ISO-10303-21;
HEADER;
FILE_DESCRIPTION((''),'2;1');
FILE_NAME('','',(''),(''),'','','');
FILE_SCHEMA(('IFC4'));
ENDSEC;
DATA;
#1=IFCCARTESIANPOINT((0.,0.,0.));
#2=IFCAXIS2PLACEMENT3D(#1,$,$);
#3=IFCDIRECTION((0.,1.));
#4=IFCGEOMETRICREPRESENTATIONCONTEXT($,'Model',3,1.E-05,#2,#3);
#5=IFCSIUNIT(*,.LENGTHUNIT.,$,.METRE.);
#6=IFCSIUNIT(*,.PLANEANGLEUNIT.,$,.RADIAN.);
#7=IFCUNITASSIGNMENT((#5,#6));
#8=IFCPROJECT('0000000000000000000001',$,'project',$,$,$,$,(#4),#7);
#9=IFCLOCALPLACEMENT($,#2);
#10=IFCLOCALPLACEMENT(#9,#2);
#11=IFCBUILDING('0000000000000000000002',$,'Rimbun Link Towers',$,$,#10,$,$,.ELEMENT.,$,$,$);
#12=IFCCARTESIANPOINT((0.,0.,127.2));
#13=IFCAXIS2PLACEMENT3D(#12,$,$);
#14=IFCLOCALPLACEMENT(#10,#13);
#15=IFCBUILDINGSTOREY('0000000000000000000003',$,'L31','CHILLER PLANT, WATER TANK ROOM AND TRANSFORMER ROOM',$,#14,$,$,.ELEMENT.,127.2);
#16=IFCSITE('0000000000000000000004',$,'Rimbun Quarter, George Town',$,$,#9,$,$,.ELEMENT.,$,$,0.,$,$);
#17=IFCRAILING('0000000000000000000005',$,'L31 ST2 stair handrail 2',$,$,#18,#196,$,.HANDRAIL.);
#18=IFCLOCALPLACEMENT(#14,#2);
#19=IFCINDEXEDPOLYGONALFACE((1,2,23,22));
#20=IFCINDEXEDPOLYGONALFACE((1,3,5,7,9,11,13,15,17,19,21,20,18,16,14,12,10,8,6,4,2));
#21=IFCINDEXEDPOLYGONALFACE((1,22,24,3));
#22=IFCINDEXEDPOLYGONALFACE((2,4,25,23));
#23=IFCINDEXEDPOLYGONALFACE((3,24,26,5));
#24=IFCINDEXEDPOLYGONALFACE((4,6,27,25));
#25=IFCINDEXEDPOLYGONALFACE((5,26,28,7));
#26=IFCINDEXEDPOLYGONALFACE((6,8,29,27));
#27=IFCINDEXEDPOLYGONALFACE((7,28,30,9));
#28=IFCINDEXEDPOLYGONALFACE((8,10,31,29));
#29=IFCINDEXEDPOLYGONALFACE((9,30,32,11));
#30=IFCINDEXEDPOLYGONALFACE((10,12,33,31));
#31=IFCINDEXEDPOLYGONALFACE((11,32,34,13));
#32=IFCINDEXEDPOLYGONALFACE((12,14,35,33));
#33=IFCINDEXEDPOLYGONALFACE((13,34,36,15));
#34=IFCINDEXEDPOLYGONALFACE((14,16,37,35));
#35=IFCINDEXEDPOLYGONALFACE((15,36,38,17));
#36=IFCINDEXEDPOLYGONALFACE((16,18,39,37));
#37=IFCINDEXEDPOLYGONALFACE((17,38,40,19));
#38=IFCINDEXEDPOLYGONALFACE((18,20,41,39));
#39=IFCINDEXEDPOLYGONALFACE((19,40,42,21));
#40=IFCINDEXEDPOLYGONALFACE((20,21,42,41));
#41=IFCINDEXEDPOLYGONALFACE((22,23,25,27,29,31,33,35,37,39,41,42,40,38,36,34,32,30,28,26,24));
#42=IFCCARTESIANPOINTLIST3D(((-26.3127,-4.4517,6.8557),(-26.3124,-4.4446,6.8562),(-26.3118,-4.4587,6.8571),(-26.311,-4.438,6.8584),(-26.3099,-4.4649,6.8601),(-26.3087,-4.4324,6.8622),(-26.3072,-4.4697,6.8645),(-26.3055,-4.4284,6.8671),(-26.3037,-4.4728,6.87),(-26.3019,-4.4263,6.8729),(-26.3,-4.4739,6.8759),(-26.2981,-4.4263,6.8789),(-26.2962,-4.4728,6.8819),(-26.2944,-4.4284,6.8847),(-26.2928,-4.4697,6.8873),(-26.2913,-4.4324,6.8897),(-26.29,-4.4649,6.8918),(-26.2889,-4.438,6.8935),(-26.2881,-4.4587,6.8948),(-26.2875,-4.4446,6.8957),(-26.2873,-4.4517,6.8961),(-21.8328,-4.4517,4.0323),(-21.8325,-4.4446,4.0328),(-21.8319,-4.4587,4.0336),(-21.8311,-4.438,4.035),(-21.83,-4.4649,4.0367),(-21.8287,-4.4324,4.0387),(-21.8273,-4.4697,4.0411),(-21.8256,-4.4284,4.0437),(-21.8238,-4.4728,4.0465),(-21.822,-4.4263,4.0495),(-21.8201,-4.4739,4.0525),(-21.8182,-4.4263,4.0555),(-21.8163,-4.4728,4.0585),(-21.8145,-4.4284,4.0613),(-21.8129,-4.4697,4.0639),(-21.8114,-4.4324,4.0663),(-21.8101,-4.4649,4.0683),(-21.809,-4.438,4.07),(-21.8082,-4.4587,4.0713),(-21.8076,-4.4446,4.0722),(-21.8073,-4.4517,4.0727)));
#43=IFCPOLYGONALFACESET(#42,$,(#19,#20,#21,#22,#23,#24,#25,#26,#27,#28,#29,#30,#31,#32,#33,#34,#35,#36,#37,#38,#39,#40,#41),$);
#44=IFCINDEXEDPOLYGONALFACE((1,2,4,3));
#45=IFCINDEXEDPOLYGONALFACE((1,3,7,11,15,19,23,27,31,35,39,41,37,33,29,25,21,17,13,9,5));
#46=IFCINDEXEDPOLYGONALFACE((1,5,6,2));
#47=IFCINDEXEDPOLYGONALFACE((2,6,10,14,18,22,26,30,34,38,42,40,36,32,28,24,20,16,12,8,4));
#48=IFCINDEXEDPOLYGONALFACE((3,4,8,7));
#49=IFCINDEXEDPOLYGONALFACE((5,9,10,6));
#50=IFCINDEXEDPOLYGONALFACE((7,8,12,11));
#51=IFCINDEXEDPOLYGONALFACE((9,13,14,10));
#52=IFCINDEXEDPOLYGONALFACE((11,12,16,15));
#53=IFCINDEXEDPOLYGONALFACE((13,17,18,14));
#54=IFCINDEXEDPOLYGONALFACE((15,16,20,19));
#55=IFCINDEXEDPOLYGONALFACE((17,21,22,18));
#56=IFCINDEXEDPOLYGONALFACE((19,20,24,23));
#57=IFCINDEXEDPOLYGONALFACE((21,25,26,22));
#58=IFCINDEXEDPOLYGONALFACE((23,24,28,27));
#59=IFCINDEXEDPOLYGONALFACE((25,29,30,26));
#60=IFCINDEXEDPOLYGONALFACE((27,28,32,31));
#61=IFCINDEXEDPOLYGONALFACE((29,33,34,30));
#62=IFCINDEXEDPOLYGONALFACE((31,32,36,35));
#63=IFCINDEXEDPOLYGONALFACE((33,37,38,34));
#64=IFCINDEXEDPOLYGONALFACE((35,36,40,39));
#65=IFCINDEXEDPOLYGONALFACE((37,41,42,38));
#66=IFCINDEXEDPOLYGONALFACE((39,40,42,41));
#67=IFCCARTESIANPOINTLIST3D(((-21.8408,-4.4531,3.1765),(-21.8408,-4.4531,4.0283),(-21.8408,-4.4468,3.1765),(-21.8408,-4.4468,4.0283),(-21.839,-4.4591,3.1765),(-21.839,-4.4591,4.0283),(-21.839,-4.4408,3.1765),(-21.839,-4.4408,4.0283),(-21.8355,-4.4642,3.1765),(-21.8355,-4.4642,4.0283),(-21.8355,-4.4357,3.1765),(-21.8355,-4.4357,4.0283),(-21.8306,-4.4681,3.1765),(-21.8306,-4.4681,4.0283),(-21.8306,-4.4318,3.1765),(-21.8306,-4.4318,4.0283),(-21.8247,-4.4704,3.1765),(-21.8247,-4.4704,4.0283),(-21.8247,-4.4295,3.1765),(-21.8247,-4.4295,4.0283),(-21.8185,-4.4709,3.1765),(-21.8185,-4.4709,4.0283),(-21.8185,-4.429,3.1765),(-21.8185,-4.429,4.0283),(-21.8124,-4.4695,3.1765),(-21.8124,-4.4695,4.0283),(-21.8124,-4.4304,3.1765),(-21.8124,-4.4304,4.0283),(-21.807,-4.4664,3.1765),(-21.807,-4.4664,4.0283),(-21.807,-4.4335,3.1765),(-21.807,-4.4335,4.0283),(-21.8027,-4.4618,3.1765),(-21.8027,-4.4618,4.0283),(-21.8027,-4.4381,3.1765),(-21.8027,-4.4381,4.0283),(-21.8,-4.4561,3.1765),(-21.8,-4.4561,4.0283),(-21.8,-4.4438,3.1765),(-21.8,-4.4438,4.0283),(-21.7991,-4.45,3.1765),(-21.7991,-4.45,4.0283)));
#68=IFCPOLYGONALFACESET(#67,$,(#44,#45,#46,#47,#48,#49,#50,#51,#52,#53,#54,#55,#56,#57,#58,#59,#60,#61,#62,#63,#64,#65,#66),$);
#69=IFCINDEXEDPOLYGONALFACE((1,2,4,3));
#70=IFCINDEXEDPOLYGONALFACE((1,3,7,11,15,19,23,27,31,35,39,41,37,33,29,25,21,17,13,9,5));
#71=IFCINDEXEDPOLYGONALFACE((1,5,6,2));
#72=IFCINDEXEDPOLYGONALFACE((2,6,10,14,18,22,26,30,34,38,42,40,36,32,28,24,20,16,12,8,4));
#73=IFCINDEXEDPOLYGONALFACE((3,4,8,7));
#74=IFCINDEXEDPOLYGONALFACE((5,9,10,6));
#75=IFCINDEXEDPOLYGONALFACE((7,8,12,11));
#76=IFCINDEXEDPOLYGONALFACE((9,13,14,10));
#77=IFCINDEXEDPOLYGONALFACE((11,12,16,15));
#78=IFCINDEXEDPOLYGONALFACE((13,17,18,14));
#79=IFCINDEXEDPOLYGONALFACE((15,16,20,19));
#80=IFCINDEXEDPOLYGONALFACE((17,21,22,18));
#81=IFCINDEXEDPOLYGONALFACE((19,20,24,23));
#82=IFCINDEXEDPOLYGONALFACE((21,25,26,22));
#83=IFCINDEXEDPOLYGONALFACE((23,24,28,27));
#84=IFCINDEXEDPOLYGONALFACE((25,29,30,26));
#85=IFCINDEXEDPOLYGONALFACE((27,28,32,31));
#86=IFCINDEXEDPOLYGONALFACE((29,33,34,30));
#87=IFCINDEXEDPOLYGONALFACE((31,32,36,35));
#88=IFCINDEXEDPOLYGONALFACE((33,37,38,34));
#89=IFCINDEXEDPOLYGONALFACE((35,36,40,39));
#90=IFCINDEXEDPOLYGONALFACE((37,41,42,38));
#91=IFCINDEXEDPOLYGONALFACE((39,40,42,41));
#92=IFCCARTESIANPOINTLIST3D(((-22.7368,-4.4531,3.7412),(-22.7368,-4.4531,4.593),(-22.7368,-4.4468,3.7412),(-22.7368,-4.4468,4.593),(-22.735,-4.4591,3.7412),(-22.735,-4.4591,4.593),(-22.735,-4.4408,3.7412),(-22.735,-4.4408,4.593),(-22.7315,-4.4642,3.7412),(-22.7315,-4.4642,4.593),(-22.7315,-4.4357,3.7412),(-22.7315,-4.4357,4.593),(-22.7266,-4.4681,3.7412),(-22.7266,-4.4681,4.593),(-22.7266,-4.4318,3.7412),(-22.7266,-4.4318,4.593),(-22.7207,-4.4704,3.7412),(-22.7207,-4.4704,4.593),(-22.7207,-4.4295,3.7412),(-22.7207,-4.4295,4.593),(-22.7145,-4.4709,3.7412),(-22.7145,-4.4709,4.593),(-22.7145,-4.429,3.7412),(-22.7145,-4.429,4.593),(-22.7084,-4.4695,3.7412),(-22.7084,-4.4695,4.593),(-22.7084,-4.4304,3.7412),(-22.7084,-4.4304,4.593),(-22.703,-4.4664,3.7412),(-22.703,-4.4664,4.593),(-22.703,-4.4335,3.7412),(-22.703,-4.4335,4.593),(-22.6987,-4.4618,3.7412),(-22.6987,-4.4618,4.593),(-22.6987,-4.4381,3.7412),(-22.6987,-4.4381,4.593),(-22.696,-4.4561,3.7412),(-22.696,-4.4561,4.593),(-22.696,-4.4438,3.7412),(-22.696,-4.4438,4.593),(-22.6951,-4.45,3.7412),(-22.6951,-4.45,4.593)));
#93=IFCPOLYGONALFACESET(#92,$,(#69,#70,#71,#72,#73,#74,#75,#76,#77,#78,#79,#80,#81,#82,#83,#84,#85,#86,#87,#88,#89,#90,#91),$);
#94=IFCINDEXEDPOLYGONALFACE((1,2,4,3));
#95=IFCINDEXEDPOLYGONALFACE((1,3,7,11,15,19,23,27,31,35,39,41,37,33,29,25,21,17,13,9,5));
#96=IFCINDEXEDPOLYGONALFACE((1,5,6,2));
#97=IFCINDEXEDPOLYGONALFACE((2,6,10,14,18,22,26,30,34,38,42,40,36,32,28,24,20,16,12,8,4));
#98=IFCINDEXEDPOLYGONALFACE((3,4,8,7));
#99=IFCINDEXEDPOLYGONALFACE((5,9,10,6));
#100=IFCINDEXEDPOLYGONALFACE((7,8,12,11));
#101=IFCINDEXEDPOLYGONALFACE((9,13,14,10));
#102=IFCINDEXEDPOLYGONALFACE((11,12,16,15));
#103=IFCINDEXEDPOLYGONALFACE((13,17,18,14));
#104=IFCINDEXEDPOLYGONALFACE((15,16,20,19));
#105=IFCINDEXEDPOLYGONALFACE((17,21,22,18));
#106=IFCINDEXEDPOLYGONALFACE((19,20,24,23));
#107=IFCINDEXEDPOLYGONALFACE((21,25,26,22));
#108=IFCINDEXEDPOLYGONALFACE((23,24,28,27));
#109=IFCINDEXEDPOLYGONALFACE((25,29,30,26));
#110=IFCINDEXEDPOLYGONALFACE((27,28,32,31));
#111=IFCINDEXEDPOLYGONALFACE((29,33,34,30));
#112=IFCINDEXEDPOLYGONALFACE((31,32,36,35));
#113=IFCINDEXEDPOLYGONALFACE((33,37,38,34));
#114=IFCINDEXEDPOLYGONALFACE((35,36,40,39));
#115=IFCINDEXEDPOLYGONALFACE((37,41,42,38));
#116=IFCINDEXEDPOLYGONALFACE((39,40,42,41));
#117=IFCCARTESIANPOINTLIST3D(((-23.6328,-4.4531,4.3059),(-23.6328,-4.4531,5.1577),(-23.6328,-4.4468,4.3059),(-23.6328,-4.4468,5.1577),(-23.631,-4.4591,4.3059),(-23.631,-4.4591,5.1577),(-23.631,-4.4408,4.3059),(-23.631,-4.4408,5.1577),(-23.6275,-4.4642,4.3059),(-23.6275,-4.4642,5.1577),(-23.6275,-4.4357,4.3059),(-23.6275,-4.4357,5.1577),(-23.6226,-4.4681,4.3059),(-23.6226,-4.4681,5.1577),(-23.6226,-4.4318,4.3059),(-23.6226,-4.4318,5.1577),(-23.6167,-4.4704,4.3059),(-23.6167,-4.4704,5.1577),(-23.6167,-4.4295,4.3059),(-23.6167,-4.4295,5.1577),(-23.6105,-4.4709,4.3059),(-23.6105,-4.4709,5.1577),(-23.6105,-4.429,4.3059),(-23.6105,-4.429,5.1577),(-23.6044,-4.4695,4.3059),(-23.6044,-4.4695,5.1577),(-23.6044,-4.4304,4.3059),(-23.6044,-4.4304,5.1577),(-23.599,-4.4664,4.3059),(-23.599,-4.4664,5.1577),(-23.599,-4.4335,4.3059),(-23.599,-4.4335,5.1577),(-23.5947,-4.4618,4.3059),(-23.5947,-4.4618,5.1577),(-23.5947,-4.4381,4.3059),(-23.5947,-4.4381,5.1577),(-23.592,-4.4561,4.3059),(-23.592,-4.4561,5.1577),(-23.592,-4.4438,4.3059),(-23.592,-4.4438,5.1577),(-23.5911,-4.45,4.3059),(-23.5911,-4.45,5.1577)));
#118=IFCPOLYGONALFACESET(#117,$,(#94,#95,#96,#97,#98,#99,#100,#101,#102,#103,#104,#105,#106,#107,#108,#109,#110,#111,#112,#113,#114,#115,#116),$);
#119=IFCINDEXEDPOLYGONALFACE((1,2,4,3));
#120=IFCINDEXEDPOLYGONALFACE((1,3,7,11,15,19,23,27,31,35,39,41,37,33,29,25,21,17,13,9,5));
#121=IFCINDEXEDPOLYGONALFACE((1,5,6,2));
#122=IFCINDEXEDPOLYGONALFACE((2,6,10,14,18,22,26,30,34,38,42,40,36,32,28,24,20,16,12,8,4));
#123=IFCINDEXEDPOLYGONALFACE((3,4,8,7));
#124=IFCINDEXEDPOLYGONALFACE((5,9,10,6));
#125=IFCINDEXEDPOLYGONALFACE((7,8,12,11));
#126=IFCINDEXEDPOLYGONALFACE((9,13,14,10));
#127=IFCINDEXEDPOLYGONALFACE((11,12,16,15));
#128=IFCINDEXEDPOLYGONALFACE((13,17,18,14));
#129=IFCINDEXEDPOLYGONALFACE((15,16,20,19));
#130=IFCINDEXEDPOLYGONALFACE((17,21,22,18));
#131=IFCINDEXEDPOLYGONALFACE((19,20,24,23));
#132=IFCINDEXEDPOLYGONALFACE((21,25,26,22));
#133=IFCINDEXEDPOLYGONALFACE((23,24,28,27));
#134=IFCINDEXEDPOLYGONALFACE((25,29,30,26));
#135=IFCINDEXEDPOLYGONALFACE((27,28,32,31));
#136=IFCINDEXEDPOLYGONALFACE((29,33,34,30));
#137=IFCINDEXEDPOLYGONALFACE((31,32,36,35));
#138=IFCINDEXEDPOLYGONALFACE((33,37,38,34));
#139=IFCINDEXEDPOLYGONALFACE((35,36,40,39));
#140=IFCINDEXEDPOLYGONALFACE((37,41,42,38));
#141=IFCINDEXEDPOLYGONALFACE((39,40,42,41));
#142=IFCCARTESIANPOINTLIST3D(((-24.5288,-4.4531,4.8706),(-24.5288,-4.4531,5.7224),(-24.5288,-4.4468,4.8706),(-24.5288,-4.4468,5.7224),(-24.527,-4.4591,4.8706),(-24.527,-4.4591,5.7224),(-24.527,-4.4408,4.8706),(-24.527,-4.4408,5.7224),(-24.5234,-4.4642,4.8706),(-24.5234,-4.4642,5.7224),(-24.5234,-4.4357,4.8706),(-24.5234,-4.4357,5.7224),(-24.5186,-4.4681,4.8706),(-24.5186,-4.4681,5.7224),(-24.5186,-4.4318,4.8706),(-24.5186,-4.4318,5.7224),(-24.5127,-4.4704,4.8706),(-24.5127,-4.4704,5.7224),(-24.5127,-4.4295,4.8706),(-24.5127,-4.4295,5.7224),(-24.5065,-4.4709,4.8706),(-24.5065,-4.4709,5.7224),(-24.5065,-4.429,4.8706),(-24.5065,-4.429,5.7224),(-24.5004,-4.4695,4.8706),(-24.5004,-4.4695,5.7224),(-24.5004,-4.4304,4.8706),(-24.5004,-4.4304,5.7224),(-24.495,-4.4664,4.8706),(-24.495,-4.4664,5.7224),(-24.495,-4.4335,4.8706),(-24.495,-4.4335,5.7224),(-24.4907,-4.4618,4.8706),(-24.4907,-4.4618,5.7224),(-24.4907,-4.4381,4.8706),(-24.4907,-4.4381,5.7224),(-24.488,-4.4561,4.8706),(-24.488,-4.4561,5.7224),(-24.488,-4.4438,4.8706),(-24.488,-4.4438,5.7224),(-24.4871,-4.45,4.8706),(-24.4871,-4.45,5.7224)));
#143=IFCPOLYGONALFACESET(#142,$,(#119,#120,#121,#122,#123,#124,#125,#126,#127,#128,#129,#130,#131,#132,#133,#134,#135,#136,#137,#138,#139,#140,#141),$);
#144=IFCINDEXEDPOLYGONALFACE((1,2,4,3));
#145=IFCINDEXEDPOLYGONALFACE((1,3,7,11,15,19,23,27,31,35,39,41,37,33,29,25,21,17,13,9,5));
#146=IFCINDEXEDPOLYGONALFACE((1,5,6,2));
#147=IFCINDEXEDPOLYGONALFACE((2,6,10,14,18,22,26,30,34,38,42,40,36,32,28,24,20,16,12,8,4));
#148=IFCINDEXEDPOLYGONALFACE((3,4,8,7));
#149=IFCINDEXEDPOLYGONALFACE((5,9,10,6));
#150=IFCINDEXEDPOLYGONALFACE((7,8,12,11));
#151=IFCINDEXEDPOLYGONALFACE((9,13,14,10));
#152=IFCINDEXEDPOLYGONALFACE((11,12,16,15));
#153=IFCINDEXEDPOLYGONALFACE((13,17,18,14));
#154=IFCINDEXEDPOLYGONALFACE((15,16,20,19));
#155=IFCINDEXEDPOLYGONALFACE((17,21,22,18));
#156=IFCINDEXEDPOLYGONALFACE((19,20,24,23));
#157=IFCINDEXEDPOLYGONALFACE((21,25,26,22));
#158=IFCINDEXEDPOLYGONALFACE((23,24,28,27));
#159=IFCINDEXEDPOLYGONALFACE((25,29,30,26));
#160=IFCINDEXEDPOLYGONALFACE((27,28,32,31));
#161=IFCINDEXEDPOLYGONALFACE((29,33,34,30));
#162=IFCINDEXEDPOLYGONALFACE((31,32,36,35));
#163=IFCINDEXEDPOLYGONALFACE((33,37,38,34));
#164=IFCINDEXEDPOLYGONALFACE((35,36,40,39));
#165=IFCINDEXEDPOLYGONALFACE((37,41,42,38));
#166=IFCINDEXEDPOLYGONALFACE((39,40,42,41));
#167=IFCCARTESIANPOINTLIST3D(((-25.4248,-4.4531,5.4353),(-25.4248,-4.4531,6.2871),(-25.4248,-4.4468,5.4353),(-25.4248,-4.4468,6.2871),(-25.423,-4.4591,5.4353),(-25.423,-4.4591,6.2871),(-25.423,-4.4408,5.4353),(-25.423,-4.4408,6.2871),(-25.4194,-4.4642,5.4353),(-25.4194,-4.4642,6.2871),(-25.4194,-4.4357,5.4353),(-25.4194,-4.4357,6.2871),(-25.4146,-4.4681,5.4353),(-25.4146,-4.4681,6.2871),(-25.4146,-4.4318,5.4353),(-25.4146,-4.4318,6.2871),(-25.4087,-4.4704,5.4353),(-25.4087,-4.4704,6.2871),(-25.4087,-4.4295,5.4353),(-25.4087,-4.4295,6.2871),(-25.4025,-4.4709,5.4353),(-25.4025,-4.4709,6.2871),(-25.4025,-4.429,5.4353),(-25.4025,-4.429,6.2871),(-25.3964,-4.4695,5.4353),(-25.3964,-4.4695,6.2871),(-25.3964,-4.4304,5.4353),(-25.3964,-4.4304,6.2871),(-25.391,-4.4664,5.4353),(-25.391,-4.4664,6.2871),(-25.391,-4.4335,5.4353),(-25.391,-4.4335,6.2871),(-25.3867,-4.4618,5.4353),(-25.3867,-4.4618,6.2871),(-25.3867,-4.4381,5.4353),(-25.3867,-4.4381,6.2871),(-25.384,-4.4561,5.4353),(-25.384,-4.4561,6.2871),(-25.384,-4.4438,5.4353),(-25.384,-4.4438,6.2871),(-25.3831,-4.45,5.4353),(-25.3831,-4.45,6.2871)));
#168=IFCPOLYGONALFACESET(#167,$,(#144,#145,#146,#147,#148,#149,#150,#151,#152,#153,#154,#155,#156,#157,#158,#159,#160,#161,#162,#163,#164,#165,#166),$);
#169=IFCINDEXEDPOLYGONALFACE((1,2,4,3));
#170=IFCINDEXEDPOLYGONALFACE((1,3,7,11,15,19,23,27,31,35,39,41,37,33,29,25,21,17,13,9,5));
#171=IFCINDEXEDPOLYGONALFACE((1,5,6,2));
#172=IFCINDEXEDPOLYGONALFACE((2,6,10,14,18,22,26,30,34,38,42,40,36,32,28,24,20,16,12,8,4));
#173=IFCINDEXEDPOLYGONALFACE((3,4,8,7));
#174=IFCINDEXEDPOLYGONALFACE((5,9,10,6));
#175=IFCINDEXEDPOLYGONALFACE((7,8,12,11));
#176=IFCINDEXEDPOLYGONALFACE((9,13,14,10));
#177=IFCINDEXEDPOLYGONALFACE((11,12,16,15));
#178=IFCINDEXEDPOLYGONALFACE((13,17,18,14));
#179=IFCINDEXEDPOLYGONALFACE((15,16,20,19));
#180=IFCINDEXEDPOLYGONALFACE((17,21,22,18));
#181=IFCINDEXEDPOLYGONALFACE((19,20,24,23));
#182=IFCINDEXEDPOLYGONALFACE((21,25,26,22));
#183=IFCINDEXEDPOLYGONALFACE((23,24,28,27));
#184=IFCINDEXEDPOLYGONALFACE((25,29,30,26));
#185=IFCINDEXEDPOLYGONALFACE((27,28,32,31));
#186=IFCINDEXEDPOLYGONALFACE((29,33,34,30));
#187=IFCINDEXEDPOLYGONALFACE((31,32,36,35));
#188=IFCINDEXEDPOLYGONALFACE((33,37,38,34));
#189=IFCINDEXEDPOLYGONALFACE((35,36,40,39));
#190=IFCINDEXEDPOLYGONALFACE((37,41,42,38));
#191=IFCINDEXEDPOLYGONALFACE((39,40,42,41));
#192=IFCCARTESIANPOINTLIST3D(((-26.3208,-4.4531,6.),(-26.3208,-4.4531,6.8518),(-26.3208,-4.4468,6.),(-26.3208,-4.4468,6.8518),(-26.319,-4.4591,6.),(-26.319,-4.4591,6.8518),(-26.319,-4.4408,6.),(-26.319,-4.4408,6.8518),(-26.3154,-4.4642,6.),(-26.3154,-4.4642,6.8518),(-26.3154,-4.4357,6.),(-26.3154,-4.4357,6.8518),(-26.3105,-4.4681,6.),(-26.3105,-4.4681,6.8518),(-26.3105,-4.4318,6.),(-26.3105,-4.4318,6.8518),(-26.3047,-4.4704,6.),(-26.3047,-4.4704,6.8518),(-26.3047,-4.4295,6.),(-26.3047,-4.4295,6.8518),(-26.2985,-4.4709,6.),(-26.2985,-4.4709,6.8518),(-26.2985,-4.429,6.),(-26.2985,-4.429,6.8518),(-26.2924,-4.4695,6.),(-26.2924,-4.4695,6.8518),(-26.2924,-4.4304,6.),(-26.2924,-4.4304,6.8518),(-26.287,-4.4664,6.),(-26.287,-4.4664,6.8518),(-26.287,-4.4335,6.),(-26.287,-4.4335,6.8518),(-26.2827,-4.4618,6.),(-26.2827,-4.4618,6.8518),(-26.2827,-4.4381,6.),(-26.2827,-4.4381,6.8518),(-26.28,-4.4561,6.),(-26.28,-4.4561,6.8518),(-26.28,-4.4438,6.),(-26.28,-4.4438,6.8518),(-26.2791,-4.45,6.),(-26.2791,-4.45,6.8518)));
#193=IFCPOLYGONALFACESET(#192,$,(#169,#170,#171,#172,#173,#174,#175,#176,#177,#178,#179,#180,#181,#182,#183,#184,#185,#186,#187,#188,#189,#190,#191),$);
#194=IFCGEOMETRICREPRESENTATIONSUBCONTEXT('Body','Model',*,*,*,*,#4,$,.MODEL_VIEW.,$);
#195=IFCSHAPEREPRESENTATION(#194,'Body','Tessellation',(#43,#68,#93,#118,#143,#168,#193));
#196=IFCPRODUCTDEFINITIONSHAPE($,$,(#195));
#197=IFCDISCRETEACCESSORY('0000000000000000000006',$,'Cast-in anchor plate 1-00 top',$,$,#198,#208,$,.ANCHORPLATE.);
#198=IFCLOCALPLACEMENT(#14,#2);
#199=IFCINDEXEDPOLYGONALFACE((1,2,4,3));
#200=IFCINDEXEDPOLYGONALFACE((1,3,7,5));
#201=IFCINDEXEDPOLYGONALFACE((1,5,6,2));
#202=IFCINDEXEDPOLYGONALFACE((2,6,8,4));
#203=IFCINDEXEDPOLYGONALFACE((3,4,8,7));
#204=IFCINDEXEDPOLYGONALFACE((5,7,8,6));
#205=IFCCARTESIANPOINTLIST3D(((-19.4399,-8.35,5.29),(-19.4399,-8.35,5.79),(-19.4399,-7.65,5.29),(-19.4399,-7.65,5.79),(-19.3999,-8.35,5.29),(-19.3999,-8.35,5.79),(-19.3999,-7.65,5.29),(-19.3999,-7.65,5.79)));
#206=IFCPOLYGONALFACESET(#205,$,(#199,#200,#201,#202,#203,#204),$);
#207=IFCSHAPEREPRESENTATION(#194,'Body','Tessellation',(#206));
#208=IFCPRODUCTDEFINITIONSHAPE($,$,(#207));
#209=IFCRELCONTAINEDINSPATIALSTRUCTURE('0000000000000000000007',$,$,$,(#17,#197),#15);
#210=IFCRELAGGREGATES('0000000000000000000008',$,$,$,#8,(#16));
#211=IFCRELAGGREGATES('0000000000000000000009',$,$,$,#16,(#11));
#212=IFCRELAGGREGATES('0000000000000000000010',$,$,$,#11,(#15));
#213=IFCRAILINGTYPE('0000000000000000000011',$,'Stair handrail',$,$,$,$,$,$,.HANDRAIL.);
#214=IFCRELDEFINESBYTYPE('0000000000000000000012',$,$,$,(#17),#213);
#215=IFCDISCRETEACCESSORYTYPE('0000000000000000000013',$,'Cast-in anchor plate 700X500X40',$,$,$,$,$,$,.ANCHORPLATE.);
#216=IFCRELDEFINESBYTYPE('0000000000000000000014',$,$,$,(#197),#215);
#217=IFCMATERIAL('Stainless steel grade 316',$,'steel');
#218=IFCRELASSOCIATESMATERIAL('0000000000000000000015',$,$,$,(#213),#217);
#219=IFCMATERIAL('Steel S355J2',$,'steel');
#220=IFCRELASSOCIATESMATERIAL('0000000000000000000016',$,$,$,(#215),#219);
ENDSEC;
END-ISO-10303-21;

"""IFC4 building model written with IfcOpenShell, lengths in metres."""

from ifc_helpers import new_model, si_unit, direction, frame, origin, origin_2d, place, context, subcontext, project, spatial, rectangle, circle, extrude, material, material_profile, profile_set, type_object, element, save


model = new_model("IFC4")

# Units and contexts
model_context = context("Model", 3, precision=1e-05, world=origin(), true_north=direction((0.0, 1.0)))
body_context = subcontext(model_context, "Body", "Model", "MODEL_VIEW")
ifc_project = project(units=[si_unit("LENGTHUNIT", "METRE"), si_unit("PLANEANGLEUNIT", "RADIAN")], contexts=[model_context])

# Site, building, storey
site_placement = place(None, origin())
site = spatial("IfcSite", under=ifc_project, at=site_placement, Name="Rimbun Quarter, George Town", CompositionType="ELEMENT", RefElevation=0.0)
building_placement = place(site_placement, origin())
building = spatial("IfcBuilding", under=site, at=building_placement, Name="Rimbun Link Towers", CompositionType="ELEMENT")
storey_placement = place(building_placement, frame((0.0, 0.0, 127.2)))
storey = spatial("IfcBuildingStorey", under=building, at=storey_placement, Name="L31", Description="CHILLER PLANT, WATER TANK ROOM AND TRANSFORMER ROOM", CompositionType="ELEMENT", Elevation=127.2)

# Railing
ifc_material_1 = material(Name="Stainless steel grade 316", Category="steel")
railing_type_1 = type_object("IfcRailingType", Name="Stair handrail", PredefinedType="HANDRAIL", material=ifc_material_1)
railing_1_placement = place(storey_placement, frame((-21.8201, -4.45, 3.1765)))
element("IfcRailing", 1, at=railing_1_placement, inside=storey, type_object=railing_type_1, Name="L31 ST2 stair handrail 2", PredefinedType="HANDRAIL", context=body_context, shape_type="SweptSolid", body=[
    extrude(circle(Radius=0.0239, at=origin_2d()), frame((0.0, 0.0, 0.876), z_axis=(-0.845998, 0.0, 0.533186), x_axis=(0.0, -1.0, 0.0)), (0.0, 0.0, 1.0), 5.2954),
    extrude(circle(Radius=0.021, at=origin_2d()), origin(), (0.0, 0.0, 1.0), 0.8518),
    extrude(circle(Radius=0.021, at=origin_2d()), frame((-0.896, 0.0, 0.5647)), (0.0, 0.0, 1.0), 0.8518),
    extrude(circle(Radius=0.021, at=origin_2d()), frame((-1.792, 0.0, 1.1294)), (0.0, 0.0, 1.0), 0.8518),
    extrude(circle(Radius=0.021, at=origin_2d()), frame((-2.688, 0.0, 1.6941)), (0.0, 0.0, 1.0), 0.8518),
    extrude(circle(Radius=0.021, at=origin_2d()), frame((-3.584, 0.0, 2.2588)), (0.0, 0.0, 1.0), 0.8518),
    extrude(circle(Radius=0.021, at=origin_2d()), frame((-4.48, 0.0, 2.8235)), (0.0, 0.0, 1.0), 0.8518),
])

# Discrete accessory
ifc_material_2 = material(Name="Steel S355J2", Category="steel")
ifc_material_profile_1 = material_profile(ifc_material_2, rectangle(XDim=0.7, YDim=0.5, at=origin_2d()), Name="PL 700x500")
ifc_profile_set_1 = profile_set([ifc_material_profile_1], Name="Steel S355J2")
discrete_accessory_type = type_object("IfcDiscreteAccessoryType", Name="Cast-in anchor plate 700X500X40", PredefinedType="ANCHORPLATE", material=ifc_profile_set_1)
discrete_accessory_placement = place(storey_placement, frame((-19.4399, -8.0, 5.54), z_axis=(1.0, 0.0, 0.0), x_axis=(0.0, 1.0, 0.0)))
element("IfcDiscreteAccessory", 2, at=discrete_accessory_placement, inside=storey, type_object=discrete_accessory_type, Name="Cast-in anchor plate 1-00 top", PredefinedType="ANCHORPLATE", context=body_context, shape_type="SweptSolid", body=[
    extrude(rectangle(XDim=0.7, YDim=0.5, at=origin_2d()), origin(), (0.0, 0.0, 1.0), 0.04),
])

save(model, "model.ifc")
